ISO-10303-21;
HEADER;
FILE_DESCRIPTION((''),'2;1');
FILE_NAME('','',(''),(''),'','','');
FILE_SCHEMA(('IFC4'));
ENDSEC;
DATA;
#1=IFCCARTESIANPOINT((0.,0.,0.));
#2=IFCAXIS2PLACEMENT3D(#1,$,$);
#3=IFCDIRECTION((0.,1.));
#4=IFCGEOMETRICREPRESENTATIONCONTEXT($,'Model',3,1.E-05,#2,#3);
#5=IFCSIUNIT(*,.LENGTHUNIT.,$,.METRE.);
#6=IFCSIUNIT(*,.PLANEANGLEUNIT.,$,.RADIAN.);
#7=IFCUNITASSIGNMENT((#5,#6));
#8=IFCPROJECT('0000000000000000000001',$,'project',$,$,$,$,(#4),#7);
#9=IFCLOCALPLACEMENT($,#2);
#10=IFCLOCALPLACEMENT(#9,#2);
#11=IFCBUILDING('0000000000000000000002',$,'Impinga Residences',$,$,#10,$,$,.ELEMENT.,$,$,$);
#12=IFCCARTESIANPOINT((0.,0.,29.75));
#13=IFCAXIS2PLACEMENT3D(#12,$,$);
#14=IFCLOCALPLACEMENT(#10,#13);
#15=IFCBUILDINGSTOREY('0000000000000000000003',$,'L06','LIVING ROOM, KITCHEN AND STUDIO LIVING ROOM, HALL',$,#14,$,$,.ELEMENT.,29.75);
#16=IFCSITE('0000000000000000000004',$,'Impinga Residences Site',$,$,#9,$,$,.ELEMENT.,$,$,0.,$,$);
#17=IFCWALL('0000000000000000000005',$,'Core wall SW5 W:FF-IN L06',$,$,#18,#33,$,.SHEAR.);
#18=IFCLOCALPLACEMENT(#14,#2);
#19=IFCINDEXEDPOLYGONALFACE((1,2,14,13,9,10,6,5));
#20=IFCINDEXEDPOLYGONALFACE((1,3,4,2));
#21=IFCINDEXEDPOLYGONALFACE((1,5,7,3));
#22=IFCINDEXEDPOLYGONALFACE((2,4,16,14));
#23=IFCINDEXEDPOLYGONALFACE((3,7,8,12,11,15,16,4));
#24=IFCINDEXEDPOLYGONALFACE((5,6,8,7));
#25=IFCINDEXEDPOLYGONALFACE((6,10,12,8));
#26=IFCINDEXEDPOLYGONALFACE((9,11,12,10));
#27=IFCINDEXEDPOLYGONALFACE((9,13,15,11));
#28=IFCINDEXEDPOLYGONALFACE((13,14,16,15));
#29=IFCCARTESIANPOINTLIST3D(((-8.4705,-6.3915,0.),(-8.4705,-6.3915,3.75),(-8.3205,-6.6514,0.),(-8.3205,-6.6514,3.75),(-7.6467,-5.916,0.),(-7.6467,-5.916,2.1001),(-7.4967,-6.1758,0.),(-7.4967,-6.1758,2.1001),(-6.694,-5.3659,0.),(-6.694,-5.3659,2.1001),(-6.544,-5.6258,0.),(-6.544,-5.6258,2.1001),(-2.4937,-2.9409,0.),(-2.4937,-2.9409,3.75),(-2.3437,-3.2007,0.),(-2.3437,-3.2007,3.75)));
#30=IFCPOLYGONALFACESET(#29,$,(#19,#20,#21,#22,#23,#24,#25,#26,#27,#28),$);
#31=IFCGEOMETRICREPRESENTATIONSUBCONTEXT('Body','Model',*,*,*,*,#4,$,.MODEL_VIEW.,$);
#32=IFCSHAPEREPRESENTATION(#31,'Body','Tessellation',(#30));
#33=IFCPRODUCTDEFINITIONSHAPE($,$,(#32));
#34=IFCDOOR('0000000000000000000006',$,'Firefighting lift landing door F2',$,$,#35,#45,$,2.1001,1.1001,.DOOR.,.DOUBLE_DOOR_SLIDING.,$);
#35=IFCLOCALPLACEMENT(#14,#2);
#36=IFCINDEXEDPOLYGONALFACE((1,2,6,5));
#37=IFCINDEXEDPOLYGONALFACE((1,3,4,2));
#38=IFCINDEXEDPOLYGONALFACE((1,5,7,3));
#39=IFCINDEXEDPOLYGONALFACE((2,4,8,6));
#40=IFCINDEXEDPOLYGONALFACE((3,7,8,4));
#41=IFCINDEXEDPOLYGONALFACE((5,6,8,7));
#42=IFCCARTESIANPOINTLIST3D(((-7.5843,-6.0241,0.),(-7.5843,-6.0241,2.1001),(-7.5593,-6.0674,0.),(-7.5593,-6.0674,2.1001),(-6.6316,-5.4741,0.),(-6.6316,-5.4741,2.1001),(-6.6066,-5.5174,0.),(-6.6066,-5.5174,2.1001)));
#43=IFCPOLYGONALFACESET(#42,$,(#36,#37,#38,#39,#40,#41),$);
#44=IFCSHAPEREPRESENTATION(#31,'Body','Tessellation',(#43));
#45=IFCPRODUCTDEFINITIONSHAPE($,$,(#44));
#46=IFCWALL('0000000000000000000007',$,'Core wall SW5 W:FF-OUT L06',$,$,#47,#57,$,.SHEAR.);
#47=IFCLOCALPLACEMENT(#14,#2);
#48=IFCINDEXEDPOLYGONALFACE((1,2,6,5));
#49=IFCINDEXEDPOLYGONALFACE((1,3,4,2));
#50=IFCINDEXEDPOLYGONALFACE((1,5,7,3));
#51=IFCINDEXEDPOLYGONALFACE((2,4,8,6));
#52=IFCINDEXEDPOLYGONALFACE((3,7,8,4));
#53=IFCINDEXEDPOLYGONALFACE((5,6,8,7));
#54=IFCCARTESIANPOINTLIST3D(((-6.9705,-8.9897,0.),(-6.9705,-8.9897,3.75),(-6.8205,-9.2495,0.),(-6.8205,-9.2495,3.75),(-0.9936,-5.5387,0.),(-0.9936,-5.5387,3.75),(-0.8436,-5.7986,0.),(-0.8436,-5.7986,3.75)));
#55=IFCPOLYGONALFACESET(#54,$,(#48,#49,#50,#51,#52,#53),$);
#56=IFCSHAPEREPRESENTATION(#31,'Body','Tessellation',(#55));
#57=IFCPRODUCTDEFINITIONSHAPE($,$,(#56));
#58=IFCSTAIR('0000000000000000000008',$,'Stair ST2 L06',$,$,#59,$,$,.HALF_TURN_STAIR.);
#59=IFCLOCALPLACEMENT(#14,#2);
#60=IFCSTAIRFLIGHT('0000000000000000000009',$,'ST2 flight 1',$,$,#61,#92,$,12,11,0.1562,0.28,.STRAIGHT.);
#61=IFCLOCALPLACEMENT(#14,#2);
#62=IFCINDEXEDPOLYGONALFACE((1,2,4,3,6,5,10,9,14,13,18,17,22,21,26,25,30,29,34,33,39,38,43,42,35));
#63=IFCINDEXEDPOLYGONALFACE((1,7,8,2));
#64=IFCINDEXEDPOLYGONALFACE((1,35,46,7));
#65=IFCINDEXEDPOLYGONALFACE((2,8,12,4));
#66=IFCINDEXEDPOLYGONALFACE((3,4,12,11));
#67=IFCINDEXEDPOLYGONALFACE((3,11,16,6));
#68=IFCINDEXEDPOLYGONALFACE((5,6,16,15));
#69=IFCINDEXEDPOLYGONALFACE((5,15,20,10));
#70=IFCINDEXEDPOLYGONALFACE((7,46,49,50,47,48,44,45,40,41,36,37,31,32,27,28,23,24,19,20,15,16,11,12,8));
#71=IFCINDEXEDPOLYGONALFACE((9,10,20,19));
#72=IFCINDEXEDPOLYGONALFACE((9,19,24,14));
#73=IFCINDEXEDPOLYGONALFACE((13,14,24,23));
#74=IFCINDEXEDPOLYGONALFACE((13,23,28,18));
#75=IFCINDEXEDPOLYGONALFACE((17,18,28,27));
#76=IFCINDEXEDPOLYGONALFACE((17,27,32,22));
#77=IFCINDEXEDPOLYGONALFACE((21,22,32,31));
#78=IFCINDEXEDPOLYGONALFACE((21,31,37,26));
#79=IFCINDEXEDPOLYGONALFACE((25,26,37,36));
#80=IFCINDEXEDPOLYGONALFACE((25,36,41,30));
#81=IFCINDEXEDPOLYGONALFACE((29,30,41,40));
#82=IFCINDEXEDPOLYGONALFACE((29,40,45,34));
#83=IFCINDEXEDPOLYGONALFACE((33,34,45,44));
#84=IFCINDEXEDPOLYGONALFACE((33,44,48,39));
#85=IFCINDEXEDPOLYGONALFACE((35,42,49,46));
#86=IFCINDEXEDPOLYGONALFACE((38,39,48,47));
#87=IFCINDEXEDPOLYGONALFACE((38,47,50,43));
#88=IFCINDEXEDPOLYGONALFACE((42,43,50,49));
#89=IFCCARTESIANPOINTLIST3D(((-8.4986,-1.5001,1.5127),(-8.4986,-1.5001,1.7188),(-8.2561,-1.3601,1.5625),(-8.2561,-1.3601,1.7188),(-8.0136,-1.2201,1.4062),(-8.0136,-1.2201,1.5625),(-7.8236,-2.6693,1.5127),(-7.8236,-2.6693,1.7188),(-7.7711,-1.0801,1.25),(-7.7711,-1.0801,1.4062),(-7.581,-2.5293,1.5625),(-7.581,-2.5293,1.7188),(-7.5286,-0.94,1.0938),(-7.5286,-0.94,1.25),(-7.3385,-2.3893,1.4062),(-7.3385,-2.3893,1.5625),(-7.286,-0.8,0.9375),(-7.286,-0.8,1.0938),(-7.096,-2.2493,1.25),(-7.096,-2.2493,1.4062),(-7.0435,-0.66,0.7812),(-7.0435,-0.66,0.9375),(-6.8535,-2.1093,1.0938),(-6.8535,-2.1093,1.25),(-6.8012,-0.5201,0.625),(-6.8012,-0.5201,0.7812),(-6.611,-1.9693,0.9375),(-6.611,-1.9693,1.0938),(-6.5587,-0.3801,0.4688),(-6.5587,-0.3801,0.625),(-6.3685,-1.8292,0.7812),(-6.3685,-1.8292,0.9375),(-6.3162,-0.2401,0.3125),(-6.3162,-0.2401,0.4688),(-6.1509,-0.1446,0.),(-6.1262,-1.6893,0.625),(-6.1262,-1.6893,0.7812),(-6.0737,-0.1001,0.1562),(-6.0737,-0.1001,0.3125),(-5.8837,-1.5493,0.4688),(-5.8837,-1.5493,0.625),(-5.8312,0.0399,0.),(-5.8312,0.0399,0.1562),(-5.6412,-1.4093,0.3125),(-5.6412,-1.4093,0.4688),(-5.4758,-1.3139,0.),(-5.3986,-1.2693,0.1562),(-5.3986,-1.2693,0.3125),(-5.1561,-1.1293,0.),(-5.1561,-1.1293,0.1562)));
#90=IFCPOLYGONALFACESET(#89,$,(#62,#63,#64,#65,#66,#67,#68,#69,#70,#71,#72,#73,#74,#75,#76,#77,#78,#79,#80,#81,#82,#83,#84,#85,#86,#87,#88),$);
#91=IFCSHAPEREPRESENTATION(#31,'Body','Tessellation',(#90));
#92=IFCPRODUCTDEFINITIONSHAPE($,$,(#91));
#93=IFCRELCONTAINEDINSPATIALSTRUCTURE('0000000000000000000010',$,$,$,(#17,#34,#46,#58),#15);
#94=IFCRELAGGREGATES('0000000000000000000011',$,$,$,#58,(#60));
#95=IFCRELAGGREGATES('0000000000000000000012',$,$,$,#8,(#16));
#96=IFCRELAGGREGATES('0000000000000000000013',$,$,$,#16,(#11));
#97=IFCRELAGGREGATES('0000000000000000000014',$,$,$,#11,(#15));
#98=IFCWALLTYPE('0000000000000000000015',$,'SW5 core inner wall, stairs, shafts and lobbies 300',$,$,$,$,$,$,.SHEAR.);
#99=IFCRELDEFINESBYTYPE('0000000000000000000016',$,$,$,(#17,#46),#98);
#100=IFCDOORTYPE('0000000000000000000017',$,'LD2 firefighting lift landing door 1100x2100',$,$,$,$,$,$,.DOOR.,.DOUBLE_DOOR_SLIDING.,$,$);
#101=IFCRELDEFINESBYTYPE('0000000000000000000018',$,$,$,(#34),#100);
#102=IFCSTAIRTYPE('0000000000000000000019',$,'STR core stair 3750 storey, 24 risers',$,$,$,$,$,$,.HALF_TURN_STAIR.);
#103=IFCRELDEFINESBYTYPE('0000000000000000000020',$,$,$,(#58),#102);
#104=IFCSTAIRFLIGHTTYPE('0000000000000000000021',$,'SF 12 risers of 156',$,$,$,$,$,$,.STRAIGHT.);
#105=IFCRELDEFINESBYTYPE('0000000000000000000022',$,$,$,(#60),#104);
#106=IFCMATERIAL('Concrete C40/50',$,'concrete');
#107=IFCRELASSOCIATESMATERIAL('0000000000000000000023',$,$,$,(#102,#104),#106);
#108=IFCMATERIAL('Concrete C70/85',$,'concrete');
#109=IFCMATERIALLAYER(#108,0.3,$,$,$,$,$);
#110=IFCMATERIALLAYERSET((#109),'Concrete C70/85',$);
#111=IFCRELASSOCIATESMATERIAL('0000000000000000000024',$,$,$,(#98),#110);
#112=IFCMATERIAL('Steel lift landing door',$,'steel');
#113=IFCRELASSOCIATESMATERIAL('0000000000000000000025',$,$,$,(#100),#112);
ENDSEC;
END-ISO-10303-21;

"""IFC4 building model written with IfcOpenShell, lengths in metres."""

from ifc_helpers import new_model, si_unit, direction, frame, frame_2d, origin, place, context, subcontext, project, spatial, polyline, rectangle, outline, extrude, material, layer, layer_set, type_object, element, fill, aggregate, save


model = new_model("IFC4")

# Units and contexts
model_context = context("Model", 3, precision=1e-05, world=origin(), true_north=direction((0.0, 1.0)))
body_context = subcontext(model_context, "Body", "Model", "MODEL_VIEW")
ifc_project = project(units=[si_unit("LENGTHUNIT", "METRE"), si_unit("PLANEANGLEUNIT", "RADIAN")], contexts=[model_context])

# Site, building, storey
site_placement = place(None, origin())
site = spatial("IfcSite", under=ifc_project, at=site_placement, Name="Impinga Residences Site", CompositionType="ELEMENT", RefElevation=0.0)
building_placement = place(site_placement, origin())
building = spatial("IfcBuilding", under=site, at=building_placement, Name="Impinga Residences", CompositionType="ELEMENT")
storey_placement = place(building_placement, frame((0.0, 0.0, 29.75)))
storey = spatial("IfcBuildingStorey", under=building, at=storey_placement, Name="L06", Description="LIVING ROOM, KITCHEN AND STUDIO LIVING ROOM, HALL", CompositionType="ELEMENT", Elevation=29.75)

# Shared definitions
ifc_material_1 = material(Name="Concrete C40/50", Category="concrete")
stair_type = type_object("IfcStairType", Name="STR core stair 3750 storey, 24 risers", PredefinedType="HALF_TURN_STAIR", material=ifc_material_1)

# Shared definitions
ifc_material_2 = material(Name="Concrete C70/85", Category="concrete")

# Shared definitions
ifc_layer_1 = layer(ifc_material_2, 0.3)
ifc_layer_set_1 = layer_set([ifc_layer_1], Name="Concrete C70/85")
wall_type_1 = type_object("IfcWallType", Name="SW5 core inner wall, stairs, shafts and lobbies 300", PredefinedType="SHEAR", material=ifc_layer_set_1)

# Wall, opening, door
wall_1_placement = place(storey_placement, frame((-2.4187, -3.0708, 0.0), z_axis=(0.0, 0.0, 1.0), x_axis=(-0.866027, -0.499997, 0.0)))
wall_1 = element("IfcWall", 1, at=wall_1_placement, inside=storey, type_object=wall_type_1, Name="Core wall SW5 W:FF-IN L06", PredefinedType="SHEAR", context=body_context, shape_type="SweptSolid", body=[
    extrude(rectangle(XDim=6.9014, YDim=0.3, at=frame_2d((3.4507, 0.0))), origin(), (0.0, 0.0, 1.0), 3.75),
])
opening_1_placement = place(wall_1_placement, frame((4.8501, 0.0, 0.0)))
opening_1 = element("IfcOpeningElement", 2, at=opening_1_placement, cuts=wall_1, PredefinedType="OPENING", context=body_context, shape_type="SweptSolid", body=[
    extrude(rectangle(XDim=1.1001, YDim=2.1001, at=frame_2d((0.55, 1.05))), frame((0.0, 0.1599, 0.0), z_axis=(0.0, -1.0, 0.0), x_axis=(1.0, 0.0, 0.0)), (0.0, 0.0, 1.0), 0.3201),
])
ifc_material_3 = material(Name="Steel lift landing door", Category="steel")
door_type_1 = type_object("IfcDoorType", Name="LD2 firefighting lift landing door 1100x2100", OperationType="DOUBLE_DOOR_SLIDING", PredefinedType="DOOR", material=ifc_material_3)
door_1_placement = place(opening_1_placement, origin())
door_1 = element("IfcDoor", 3, at=door_1_placement, inside=storey, type_object=door_type_1, Name="Firefighting lift landing door F2", OperationType="DOUBLE_DOOR_SLIDING", OverallHeight=2.1001, OverallWidth=1.1001, PredefinedType="DOOR", context=body_context, shape_type="SweptSolid", body=[
    extrude(rectangle(XDim=1.1001, YDim=2.1001, at=frame_2d((0.55, 1.05))), frame((0.0, 0.0249, 0.0), z_axis=(0.0, -1.0, 0.0), x_axis=(1.0, 0.0, 0.0)), (0.0, 0.0, 1.0), 0.05),
])
fill(opening_1, door_1)

# Wall
wall_2_placement = place(storey_placement, frame((-0.9187, -5.6687, 0.0), z_axis=(0.0, 0.0, 1.0), x_axis=(-0.866012, -0.500024, 0.0)))
element("IfcWall", 4, at=wall_2_placement, inside=storey, type_object=wall_type_1, Name="Core wall SW5 W:FF-OUT L06", PredefinedType="SHEAR", context=body_context, shape_type="SweptSolid", body=[
    extrude(rectangle(XDim=6.9016, YDim=0.3, at=frame_2d((3.4507, 0.0))), origin(), (0.0, 0.0, 1.0), 3.75),
])

# Stair, stair flight
stair_1_placement = place(storey_placement, origin())
stair_1 = element("IfcStair", 5, at=stair_1_placement, inside=storey, type_object=stair_type, Name="Stair ST2 L06", PredefinedType="HALF_TURN_STAIR")
stair_flight_type = type_object("IfcStairFlightType", Name="SF 12 risers of 156", PredefinedType="STRAIGHT", material=ifc_material_1)
stair_flight_placement = place(storey_placement, frame((-5.4937, -0.5447, 0.0), z_axis=(0.0, 0.0, 1.0), x_axis=(-0.866025, -0.5, 0.0)))
stair_flight = element("IfcStairFlight", 6, at=stair_flight_placement, type_object=stair_flight_type, Name="ST2 flight 1", NumberOfRisers=12, NumberOfTreads=11, PredefinedType="STRAIGHT", RiserHeight=0.1562, TreadLength=0.28, context=body_context, shape_type="SweptSolid", body=[
    extrude(outline(polyline([(0.0, 0.0), (0.0, 0.1562), (0.28, 0.1562), (0.28, 0.3125), (0.5601, 0.3125), (0.5601, 0.4688), (0.8401, 0.4688), (0.8401, 0.625), (1.1201, 0.625), (1.1201, 0.7812), (1.3999, 0.7812), (1.3999, 0.9375), (1.6799, 0.9375), (1.6799, 1.0938), (1.96, 1.0938), (1.96, 1.25), (2.24, 1.25), (2.24, 1.4062), (2.52, 1.4062), (2.52, 1.5625), (2.8, 1.5625), (2.8, 1.7188), (3.0801, 1.7188), (3.0801, 1.875), (3.0801, 1.5127), (0.3691, 0.0), (0.0, 0.0)])), frame((0.0, 0.675, 0.0), z_axis=(0.0, -1.0, 0.0), x_axis=(1.0, 0.0, 0.0)), (0.0, 0.0, 1.0), 1.3501),
])
aggregate(stair_1, [stair_flight])

save(model, "model.ifc")
